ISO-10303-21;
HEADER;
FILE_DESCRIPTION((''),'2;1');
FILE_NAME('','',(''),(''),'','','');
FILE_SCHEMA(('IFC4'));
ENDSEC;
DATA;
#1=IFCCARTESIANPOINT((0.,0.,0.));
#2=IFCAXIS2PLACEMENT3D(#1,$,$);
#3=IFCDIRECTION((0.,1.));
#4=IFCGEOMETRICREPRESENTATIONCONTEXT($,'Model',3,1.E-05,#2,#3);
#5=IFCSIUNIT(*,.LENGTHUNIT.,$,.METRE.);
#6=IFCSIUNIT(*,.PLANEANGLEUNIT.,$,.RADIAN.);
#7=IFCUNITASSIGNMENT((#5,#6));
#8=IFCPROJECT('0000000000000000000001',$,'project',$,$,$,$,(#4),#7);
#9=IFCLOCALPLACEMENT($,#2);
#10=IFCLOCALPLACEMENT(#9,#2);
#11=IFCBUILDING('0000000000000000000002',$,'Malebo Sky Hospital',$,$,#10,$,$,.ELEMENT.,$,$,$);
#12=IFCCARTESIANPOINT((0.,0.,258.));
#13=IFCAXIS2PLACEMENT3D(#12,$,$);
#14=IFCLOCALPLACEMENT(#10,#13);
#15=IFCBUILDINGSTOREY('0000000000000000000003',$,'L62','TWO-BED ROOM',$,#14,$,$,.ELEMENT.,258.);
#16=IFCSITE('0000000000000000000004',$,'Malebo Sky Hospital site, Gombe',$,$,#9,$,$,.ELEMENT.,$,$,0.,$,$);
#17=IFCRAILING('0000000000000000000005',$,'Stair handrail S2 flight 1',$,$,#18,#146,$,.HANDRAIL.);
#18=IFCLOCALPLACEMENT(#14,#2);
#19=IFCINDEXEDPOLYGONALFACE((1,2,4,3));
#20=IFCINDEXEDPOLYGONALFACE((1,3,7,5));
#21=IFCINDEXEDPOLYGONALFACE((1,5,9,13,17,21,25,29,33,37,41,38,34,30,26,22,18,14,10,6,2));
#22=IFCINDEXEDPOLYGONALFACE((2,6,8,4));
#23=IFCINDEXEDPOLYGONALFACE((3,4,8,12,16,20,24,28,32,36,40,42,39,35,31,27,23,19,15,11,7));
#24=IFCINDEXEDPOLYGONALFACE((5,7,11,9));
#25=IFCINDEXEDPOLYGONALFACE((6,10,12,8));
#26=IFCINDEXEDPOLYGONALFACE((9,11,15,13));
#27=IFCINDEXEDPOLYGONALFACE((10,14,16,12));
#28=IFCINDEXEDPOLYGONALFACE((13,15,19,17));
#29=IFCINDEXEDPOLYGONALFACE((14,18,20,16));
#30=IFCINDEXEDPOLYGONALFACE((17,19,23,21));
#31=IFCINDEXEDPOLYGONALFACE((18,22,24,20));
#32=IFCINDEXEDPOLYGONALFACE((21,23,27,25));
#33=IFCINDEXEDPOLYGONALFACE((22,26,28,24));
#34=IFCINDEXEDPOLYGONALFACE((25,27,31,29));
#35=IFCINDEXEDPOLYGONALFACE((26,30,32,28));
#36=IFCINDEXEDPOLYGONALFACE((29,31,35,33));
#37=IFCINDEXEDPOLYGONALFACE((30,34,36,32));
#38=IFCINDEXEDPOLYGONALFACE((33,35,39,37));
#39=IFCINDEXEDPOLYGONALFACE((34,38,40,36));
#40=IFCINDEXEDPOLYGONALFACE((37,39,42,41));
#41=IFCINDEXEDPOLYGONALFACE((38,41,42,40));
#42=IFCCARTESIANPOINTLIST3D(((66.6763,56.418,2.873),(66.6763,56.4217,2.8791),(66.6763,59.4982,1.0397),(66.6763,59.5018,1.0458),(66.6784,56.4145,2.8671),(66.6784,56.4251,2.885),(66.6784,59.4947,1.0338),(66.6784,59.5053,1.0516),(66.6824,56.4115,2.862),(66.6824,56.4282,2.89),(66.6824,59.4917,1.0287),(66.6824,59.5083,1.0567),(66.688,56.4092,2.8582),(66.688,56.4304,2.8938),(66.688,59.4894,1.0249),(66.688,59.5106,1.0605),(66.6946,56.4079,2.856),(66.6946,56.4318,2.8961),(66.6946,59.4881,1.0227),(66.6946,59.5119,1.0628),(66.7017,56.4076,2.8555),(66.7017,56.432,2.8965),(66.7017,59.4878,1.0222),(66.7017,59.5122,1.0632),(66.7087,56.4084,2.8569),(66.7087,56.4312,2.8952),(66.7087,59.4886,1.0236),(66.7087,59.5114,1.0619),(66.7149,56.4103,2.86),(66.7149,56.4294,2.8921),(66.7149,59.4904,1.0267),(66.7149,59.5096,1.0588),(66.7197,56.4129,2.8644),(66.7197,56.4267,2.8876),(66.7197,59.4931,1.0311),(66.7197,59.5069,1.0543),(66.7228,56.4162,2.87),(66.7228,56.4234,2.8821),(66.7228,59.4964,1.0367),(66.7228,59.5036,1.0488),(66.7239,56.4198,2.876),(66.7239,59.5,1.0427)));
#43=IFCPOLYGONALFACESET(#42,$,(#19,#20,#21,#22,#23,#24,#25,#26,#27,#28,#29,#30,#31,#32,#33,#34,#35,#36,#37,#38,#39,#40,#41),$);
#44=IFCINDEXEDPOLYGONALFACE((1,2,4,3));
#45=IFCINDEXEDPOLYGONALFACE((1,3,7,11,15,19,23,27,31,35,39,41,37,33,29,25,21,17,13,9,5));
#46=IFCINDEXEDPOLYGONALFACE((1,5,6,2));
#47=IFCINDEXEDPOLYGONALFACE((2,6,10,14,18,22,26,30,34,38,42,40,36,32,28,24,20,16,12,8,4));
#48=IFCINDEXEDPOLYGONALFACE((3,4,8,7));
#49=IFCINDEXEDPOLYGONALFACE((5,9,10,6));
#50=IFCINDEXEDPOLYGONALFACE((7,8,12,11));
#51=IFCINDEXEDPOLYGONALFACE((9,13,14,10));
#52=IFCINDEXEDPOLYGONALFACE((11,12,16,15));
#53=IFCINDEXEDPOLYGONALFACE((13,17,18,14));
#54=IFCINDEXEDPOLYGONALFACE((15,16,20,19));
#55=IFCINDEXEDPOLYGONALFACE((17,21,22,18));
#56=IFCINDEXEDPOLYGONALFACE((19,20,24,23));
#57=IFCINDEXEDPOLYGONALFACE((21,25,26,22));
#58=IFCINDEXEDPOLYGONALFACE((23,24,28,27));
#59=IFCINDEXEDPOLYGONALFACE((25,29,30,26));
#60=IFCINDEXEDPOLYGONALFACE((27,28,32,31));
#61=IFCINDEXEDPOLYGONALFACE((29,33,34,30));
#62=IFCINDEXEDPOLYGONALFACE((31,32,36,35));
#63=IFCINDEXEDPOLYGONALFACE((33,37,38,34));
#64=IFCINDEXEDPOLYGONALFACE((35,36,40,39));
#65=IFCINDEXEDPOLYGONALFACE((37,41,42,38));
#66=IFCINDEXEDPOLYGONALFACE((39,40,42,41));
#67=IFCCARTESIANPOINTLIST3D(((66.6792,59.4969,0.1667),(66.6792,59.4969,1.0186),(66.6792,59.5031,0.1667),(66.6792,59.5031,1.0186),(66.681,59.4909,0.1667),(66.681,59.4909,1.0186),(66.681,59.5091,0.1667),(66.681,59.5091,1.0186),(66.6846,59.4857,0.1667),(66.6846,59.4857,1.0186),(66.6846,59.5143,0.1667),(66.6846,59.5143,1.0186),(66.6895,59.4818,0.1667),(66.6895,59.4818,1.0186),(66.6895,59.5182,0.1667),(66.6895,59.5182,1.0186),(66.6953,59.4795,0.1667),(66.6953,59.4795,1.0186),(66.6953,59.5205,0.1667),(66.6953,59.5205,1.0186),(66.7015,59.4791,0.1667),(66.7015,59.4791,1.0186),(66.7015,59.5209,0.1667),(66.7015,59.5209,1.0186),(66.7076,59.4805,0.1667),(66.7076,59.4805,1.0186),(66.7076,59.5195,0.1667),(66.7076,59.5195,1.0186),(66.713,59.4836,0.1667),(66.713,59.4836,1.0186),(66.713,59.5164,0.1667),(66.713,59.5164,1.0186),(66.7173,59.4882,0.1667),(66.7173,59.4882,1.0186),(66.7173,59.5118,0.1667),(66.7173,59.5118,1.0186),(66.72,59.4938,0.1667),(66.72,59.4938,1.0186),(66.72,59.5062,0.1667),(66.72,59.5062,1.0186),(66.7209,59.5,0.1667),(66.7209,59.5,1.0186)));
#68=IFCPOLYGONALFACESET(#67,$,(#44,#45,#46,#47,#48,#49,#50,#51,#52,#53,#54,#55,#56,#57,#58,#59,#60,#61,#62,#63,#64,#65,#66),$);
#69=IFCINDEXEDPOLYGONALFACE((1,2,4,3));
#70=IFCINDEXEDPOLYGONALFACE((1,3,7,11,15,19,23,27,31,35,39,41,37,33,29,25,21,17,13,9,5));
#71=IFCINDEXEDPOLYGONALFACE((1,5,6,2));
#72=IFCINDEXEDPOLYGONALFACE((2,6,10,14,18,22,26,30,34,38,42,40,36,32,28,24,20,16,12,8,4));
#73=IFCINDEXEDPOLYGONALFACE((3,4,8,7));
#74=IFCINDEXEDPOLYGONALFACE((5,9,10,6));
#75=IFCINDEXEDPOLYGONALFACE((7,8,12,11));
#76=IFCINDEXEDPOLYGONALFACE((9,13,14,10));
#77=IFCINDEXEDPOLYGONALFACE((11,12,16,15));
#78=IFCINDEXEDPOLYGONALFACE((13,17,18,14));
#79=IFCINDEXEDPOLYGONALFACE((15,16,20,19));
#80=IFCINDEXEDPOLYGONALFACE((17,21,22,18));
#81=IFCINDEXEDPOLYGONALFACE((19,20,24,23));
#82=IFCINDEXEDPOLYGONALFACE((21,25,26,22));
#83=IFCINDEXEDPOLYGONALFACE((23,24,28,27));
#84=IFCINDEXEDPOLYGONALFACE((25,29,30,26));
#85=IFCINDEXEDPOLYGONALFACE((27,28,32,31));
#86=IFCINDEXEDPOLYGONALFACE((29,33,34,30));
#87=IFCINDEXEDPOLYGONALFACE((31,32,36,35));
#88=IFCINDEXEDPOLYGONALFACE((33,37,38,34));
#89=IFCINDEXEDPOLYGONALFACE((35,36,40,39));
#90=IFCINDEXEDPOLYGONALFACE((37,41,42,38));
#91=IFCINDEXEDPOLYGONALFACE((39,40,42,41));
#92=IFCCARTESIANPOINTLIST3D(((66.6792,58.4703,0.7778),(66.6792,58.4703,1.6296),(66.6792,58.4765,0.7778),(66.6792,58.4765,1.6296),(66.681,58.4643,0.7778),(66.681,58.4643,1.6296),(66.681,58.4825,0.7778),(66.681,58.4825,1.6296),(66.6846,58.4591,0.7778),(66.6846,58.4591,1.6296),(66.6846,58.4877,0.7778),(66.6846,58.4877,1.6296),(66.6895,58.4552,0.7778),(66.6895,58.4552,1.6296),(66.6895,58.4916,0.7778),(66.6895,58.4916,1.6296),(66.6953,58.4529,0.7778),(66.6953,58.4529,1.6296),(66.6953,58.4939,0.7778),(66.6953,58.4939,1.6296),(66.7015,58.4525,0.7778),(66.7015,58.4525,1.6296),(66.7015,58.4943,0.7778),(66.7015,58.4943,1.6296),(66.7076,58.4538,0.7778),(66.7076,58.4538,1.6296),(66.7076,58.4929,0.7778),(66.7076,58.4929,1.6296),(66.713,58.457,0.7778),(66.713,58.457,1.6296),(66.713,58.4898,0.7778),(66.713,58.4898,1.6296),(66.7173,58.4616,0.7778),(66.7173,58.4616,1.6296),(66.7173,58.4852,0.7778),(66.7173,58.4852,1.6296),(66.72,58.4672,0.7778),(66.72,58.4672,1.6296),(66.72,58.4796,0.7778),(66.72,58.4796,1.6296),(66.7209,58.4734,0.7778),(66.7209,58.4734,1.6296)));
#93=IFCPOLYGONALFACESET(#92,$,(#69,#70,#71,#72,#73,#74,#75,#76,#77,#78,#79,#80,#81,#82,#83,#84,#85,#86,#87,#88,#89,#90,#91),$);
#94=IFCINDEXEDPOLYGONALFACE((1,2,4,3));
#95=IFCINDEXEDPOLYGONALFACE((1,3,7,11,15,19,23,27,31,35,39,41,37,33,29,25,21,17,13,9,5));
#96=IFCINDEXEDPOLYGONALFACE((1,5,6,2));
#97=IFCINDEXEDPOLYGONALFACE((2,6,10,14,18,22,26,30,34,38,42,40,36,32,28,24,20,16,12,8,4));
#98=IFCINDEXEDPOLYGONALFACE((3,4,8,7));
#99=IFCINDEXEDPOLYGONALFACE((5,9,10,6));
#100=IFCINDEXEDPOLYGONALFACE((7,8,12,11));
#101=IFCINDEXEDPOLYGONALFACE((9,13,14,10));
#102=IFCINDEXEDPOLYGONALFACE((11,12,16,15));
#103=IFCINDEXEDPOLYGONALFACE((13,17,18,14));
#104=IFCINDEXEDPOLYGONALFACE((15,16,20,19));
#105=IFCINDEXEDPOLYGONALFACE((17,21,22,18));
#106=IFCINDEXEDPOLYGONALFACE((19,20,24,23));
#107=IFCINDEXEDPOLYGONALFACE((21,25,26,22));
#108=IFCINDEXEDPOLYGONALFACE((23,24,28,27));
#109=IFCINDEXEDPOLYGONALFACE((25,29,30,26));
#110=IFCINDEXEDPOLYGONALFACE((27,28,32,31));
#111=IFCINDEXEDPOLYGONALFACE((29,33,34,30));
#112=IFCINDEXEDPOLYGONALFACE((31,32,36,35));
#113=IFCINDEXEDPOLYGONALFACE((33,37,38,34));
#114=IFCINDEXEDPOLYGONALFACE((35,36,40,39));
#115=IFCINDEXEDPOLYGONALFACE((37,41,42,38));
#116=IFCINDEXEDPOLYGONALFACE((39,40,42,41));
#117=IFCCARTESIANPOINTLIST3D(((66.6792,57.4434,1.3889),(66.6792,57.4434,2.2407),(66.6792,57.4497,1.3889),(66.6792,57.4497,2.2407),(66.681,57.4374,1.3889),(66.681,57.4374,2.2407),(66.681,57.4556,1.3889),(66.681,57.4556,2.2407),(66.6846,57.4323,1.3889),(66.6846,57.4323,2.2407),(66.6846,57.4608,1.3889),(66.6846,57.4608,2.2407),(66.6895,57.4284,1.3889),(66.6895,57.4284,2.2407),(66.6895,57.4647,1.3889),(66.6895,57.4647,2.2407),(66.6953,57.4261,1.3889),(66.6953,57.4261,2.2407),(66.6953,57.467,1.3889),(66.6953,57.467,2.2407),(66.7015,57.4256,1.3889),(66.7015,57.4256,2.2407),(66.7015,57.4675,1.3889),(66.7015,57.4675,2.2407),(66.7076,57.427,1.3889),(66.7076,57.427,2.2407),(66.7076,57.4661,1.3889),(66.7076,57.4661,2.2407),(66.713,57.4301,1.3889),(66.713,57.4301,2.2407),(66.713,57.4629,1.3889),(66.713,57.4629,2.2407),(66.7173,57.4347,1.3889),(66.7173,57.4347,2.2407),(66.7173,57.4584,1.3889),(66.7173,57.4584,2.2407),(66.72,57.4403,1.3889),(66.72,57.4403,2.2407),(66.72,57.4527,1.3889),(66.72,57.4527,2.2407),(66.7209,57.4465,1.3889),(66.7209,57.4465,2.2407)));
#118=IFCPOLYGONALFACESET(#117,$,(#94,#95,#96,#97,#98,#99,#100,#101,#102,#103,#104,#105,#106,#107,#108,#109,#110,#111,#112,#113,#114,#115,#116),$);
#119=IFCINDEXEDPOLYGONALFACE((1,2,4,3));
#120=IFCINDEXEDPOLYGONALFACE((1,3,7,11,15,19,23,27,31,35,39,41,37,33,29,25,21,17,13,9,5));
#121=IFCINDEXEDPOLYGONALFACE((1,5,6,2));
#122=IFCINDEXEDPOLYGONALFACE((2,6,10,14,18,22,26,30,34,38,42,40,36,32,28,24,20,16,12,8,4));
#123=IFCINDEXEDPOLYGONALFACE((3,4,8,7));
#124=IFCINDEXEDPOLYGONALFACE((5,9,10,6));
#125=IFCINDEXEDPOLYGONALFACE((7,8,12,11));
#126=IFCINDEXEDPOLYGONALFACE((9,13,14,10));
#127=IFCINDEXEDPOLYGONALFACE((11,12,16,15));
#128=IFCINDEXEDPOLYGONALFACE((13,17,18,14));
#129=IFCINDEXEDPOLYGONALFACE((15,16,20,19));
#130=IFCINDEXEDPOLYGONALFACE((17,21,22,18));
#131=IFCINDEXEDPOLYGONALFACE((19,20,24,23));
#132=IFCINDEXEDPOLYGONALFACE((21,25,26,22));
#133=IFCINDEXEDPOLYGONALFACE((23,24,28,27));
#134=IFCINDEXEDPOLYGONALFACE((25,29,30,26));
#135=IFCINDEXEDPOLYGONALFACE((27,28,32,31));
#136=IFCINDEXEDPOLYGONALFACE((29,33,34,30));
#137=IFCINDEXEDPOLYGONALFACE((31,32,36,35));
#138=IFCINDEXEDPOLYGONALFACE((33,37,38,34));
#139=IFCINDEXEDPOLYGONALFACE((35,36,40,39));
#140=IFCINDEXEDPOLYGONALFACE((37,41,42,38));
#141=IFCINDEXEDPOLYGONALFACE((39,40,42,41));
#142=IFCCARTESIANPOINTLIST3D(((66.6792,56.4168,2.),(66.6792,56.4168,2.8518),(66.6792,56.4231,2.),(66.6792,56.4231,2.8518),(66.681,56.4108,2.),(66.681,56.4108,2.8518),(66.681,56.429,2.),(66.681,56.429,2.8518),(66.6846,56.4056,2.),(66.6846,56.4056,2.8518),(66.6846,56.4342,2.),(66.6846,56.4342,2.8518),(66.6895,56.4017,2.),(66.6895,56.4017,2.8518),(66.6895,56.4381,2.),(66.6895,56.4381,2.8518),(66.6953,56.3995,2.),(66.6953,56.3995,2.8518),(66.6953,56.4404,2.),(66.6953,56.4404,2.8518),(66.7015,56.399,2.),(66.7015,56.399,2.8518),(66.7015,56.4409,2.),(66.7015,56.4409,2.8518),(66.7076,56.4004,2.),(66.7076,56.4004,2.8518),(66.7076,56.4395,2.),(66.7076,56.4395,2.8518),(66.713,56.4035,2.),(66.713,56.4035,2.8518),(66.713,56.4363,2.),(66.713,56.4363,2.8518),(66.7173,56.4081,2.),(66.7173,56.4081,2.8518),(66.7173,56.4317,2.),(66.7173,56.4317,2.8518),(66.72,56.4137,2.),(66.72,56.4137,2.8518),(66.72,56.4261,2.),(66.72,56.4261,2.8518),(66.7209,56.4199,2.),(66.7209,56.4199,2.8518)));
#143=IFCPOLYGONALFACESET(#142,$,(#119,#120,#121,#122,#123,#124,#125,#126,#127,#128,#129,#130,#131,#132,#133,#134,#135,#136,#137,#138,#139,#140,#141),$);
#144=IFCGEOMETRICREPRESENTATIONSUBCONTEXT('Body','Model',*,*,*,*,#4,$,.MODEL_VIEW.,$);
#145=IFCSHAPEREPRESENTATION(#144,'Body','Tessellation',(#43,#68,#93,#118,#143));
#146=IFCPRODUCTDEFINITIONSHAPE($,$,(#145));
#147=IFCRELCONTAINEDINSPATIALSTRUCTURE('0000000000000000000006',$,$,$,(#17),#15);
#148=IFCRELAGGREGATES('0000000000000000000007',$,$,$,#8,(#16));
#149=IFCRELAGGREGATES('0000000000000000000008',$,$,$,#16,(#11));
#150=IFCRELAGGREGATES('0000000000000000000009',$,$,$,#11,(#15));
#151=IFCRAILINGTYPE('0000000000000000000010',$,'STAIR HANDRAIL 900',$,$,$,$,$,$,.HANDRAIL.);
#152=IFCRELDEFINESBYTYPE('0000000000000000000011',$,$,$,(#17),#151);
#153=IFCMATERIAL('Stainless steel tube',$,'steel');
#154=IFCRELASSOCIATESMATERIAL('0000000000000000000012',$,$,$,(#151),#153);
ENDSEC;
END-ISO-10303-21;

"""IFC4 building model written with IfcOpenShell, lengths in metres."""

from ifc_helpers import new_model, si_unit, direction, frame, origin, origin_2d, place, context, subcontext, project, spatial, circle, extrude, material, type_object, element, save


model = new_model("IFC4")

# Units and contexts
model_context = context("Model", 3, precision=1e-05, world=origin(), true_north=direction((0.0, 1.0)))
body_context = subcontext(model_context, "Body", "Model", "MODEL_VIEW")
ifc_project = project(units=[si_unit("LENGTHUNIT", "METRE"), si_unit("PLANEANGLEUNIT", "RADIAN")], contexts=[model_context])

# Site, building, storey
site_placement = place(None, origin())
site = spatial("IfcSite", under=ifc_project, at=site_placement, Name="Malebo Sky Hospital site, Gombe", CompositionType="ELEMENT", RefElevation=0.0)
building_placement = place(site_placement, origin())
building = spatial("IfcBuilding", under=site, at=building_placement, Name="Malebo Sky Hospital", CompositionType="ELEMENT")
storey_placement = place(building_placement, frame((0.0, 0.0, 258.0)))
storey = spatial("IfcBuildingStorey", under=building, at=storey_placement, Name="L62", Description="TWO-BED ROOM", CompositionType="ELEMENT", Elevation=258.0)

# Railing
ifc_material_1 = material(Name="Stainless steel tube", Category="steel")
railing_type = type_object("IfcRailingType", Name="STAIR HANDRAIL 900", PredefinedType="HANDRAIL", material=ifc_material_1)
railing_1_placement = place(storey_placement, frame((66.7, 59.5, 0.1667)))
element("IfcRailing", 1, at=railing_1_placement, inside=storey, type_object=railing_type, Name="Stair handrail S2 flight 1", PredefinedType="HANDRAIL", context=body_context, shape_type="SweptSolid", body=[
    extrude(circle(Radius=0.0239, at=origin_2d()), frame((0.0, 0.0, 0.876), z_axis=(0.0, -0.859309, 0.511458), x_axis=(1.0, 0.0, 0.0)), (0.0, 0.0, 1.0), 3.5845),
    extrude(circle(Radius=0.021, at=origin_2d()), origin(), (0.0, 0.0, 1.0), 0.8518),
    extrude(circle(Radius=0.021, at=origin_2d()), frame((0.0, -1.0266, 0.6111)), (0.0, 0.0, 1.0), 0.8518),
    extrude(circle(Radius=0.021, at=origin_2d()), frame((0.0, -2.0535, 1.2222)), (0.0, 0.0, 1.0), 0.8518),
    extrude(circle(Radius=0.021, at=origin_2d()), frame((0.0, -3.0801, 1.8333)), (0.0, 0.0, 1.0), 0.8518),
])

save(model, "model.ifc")
